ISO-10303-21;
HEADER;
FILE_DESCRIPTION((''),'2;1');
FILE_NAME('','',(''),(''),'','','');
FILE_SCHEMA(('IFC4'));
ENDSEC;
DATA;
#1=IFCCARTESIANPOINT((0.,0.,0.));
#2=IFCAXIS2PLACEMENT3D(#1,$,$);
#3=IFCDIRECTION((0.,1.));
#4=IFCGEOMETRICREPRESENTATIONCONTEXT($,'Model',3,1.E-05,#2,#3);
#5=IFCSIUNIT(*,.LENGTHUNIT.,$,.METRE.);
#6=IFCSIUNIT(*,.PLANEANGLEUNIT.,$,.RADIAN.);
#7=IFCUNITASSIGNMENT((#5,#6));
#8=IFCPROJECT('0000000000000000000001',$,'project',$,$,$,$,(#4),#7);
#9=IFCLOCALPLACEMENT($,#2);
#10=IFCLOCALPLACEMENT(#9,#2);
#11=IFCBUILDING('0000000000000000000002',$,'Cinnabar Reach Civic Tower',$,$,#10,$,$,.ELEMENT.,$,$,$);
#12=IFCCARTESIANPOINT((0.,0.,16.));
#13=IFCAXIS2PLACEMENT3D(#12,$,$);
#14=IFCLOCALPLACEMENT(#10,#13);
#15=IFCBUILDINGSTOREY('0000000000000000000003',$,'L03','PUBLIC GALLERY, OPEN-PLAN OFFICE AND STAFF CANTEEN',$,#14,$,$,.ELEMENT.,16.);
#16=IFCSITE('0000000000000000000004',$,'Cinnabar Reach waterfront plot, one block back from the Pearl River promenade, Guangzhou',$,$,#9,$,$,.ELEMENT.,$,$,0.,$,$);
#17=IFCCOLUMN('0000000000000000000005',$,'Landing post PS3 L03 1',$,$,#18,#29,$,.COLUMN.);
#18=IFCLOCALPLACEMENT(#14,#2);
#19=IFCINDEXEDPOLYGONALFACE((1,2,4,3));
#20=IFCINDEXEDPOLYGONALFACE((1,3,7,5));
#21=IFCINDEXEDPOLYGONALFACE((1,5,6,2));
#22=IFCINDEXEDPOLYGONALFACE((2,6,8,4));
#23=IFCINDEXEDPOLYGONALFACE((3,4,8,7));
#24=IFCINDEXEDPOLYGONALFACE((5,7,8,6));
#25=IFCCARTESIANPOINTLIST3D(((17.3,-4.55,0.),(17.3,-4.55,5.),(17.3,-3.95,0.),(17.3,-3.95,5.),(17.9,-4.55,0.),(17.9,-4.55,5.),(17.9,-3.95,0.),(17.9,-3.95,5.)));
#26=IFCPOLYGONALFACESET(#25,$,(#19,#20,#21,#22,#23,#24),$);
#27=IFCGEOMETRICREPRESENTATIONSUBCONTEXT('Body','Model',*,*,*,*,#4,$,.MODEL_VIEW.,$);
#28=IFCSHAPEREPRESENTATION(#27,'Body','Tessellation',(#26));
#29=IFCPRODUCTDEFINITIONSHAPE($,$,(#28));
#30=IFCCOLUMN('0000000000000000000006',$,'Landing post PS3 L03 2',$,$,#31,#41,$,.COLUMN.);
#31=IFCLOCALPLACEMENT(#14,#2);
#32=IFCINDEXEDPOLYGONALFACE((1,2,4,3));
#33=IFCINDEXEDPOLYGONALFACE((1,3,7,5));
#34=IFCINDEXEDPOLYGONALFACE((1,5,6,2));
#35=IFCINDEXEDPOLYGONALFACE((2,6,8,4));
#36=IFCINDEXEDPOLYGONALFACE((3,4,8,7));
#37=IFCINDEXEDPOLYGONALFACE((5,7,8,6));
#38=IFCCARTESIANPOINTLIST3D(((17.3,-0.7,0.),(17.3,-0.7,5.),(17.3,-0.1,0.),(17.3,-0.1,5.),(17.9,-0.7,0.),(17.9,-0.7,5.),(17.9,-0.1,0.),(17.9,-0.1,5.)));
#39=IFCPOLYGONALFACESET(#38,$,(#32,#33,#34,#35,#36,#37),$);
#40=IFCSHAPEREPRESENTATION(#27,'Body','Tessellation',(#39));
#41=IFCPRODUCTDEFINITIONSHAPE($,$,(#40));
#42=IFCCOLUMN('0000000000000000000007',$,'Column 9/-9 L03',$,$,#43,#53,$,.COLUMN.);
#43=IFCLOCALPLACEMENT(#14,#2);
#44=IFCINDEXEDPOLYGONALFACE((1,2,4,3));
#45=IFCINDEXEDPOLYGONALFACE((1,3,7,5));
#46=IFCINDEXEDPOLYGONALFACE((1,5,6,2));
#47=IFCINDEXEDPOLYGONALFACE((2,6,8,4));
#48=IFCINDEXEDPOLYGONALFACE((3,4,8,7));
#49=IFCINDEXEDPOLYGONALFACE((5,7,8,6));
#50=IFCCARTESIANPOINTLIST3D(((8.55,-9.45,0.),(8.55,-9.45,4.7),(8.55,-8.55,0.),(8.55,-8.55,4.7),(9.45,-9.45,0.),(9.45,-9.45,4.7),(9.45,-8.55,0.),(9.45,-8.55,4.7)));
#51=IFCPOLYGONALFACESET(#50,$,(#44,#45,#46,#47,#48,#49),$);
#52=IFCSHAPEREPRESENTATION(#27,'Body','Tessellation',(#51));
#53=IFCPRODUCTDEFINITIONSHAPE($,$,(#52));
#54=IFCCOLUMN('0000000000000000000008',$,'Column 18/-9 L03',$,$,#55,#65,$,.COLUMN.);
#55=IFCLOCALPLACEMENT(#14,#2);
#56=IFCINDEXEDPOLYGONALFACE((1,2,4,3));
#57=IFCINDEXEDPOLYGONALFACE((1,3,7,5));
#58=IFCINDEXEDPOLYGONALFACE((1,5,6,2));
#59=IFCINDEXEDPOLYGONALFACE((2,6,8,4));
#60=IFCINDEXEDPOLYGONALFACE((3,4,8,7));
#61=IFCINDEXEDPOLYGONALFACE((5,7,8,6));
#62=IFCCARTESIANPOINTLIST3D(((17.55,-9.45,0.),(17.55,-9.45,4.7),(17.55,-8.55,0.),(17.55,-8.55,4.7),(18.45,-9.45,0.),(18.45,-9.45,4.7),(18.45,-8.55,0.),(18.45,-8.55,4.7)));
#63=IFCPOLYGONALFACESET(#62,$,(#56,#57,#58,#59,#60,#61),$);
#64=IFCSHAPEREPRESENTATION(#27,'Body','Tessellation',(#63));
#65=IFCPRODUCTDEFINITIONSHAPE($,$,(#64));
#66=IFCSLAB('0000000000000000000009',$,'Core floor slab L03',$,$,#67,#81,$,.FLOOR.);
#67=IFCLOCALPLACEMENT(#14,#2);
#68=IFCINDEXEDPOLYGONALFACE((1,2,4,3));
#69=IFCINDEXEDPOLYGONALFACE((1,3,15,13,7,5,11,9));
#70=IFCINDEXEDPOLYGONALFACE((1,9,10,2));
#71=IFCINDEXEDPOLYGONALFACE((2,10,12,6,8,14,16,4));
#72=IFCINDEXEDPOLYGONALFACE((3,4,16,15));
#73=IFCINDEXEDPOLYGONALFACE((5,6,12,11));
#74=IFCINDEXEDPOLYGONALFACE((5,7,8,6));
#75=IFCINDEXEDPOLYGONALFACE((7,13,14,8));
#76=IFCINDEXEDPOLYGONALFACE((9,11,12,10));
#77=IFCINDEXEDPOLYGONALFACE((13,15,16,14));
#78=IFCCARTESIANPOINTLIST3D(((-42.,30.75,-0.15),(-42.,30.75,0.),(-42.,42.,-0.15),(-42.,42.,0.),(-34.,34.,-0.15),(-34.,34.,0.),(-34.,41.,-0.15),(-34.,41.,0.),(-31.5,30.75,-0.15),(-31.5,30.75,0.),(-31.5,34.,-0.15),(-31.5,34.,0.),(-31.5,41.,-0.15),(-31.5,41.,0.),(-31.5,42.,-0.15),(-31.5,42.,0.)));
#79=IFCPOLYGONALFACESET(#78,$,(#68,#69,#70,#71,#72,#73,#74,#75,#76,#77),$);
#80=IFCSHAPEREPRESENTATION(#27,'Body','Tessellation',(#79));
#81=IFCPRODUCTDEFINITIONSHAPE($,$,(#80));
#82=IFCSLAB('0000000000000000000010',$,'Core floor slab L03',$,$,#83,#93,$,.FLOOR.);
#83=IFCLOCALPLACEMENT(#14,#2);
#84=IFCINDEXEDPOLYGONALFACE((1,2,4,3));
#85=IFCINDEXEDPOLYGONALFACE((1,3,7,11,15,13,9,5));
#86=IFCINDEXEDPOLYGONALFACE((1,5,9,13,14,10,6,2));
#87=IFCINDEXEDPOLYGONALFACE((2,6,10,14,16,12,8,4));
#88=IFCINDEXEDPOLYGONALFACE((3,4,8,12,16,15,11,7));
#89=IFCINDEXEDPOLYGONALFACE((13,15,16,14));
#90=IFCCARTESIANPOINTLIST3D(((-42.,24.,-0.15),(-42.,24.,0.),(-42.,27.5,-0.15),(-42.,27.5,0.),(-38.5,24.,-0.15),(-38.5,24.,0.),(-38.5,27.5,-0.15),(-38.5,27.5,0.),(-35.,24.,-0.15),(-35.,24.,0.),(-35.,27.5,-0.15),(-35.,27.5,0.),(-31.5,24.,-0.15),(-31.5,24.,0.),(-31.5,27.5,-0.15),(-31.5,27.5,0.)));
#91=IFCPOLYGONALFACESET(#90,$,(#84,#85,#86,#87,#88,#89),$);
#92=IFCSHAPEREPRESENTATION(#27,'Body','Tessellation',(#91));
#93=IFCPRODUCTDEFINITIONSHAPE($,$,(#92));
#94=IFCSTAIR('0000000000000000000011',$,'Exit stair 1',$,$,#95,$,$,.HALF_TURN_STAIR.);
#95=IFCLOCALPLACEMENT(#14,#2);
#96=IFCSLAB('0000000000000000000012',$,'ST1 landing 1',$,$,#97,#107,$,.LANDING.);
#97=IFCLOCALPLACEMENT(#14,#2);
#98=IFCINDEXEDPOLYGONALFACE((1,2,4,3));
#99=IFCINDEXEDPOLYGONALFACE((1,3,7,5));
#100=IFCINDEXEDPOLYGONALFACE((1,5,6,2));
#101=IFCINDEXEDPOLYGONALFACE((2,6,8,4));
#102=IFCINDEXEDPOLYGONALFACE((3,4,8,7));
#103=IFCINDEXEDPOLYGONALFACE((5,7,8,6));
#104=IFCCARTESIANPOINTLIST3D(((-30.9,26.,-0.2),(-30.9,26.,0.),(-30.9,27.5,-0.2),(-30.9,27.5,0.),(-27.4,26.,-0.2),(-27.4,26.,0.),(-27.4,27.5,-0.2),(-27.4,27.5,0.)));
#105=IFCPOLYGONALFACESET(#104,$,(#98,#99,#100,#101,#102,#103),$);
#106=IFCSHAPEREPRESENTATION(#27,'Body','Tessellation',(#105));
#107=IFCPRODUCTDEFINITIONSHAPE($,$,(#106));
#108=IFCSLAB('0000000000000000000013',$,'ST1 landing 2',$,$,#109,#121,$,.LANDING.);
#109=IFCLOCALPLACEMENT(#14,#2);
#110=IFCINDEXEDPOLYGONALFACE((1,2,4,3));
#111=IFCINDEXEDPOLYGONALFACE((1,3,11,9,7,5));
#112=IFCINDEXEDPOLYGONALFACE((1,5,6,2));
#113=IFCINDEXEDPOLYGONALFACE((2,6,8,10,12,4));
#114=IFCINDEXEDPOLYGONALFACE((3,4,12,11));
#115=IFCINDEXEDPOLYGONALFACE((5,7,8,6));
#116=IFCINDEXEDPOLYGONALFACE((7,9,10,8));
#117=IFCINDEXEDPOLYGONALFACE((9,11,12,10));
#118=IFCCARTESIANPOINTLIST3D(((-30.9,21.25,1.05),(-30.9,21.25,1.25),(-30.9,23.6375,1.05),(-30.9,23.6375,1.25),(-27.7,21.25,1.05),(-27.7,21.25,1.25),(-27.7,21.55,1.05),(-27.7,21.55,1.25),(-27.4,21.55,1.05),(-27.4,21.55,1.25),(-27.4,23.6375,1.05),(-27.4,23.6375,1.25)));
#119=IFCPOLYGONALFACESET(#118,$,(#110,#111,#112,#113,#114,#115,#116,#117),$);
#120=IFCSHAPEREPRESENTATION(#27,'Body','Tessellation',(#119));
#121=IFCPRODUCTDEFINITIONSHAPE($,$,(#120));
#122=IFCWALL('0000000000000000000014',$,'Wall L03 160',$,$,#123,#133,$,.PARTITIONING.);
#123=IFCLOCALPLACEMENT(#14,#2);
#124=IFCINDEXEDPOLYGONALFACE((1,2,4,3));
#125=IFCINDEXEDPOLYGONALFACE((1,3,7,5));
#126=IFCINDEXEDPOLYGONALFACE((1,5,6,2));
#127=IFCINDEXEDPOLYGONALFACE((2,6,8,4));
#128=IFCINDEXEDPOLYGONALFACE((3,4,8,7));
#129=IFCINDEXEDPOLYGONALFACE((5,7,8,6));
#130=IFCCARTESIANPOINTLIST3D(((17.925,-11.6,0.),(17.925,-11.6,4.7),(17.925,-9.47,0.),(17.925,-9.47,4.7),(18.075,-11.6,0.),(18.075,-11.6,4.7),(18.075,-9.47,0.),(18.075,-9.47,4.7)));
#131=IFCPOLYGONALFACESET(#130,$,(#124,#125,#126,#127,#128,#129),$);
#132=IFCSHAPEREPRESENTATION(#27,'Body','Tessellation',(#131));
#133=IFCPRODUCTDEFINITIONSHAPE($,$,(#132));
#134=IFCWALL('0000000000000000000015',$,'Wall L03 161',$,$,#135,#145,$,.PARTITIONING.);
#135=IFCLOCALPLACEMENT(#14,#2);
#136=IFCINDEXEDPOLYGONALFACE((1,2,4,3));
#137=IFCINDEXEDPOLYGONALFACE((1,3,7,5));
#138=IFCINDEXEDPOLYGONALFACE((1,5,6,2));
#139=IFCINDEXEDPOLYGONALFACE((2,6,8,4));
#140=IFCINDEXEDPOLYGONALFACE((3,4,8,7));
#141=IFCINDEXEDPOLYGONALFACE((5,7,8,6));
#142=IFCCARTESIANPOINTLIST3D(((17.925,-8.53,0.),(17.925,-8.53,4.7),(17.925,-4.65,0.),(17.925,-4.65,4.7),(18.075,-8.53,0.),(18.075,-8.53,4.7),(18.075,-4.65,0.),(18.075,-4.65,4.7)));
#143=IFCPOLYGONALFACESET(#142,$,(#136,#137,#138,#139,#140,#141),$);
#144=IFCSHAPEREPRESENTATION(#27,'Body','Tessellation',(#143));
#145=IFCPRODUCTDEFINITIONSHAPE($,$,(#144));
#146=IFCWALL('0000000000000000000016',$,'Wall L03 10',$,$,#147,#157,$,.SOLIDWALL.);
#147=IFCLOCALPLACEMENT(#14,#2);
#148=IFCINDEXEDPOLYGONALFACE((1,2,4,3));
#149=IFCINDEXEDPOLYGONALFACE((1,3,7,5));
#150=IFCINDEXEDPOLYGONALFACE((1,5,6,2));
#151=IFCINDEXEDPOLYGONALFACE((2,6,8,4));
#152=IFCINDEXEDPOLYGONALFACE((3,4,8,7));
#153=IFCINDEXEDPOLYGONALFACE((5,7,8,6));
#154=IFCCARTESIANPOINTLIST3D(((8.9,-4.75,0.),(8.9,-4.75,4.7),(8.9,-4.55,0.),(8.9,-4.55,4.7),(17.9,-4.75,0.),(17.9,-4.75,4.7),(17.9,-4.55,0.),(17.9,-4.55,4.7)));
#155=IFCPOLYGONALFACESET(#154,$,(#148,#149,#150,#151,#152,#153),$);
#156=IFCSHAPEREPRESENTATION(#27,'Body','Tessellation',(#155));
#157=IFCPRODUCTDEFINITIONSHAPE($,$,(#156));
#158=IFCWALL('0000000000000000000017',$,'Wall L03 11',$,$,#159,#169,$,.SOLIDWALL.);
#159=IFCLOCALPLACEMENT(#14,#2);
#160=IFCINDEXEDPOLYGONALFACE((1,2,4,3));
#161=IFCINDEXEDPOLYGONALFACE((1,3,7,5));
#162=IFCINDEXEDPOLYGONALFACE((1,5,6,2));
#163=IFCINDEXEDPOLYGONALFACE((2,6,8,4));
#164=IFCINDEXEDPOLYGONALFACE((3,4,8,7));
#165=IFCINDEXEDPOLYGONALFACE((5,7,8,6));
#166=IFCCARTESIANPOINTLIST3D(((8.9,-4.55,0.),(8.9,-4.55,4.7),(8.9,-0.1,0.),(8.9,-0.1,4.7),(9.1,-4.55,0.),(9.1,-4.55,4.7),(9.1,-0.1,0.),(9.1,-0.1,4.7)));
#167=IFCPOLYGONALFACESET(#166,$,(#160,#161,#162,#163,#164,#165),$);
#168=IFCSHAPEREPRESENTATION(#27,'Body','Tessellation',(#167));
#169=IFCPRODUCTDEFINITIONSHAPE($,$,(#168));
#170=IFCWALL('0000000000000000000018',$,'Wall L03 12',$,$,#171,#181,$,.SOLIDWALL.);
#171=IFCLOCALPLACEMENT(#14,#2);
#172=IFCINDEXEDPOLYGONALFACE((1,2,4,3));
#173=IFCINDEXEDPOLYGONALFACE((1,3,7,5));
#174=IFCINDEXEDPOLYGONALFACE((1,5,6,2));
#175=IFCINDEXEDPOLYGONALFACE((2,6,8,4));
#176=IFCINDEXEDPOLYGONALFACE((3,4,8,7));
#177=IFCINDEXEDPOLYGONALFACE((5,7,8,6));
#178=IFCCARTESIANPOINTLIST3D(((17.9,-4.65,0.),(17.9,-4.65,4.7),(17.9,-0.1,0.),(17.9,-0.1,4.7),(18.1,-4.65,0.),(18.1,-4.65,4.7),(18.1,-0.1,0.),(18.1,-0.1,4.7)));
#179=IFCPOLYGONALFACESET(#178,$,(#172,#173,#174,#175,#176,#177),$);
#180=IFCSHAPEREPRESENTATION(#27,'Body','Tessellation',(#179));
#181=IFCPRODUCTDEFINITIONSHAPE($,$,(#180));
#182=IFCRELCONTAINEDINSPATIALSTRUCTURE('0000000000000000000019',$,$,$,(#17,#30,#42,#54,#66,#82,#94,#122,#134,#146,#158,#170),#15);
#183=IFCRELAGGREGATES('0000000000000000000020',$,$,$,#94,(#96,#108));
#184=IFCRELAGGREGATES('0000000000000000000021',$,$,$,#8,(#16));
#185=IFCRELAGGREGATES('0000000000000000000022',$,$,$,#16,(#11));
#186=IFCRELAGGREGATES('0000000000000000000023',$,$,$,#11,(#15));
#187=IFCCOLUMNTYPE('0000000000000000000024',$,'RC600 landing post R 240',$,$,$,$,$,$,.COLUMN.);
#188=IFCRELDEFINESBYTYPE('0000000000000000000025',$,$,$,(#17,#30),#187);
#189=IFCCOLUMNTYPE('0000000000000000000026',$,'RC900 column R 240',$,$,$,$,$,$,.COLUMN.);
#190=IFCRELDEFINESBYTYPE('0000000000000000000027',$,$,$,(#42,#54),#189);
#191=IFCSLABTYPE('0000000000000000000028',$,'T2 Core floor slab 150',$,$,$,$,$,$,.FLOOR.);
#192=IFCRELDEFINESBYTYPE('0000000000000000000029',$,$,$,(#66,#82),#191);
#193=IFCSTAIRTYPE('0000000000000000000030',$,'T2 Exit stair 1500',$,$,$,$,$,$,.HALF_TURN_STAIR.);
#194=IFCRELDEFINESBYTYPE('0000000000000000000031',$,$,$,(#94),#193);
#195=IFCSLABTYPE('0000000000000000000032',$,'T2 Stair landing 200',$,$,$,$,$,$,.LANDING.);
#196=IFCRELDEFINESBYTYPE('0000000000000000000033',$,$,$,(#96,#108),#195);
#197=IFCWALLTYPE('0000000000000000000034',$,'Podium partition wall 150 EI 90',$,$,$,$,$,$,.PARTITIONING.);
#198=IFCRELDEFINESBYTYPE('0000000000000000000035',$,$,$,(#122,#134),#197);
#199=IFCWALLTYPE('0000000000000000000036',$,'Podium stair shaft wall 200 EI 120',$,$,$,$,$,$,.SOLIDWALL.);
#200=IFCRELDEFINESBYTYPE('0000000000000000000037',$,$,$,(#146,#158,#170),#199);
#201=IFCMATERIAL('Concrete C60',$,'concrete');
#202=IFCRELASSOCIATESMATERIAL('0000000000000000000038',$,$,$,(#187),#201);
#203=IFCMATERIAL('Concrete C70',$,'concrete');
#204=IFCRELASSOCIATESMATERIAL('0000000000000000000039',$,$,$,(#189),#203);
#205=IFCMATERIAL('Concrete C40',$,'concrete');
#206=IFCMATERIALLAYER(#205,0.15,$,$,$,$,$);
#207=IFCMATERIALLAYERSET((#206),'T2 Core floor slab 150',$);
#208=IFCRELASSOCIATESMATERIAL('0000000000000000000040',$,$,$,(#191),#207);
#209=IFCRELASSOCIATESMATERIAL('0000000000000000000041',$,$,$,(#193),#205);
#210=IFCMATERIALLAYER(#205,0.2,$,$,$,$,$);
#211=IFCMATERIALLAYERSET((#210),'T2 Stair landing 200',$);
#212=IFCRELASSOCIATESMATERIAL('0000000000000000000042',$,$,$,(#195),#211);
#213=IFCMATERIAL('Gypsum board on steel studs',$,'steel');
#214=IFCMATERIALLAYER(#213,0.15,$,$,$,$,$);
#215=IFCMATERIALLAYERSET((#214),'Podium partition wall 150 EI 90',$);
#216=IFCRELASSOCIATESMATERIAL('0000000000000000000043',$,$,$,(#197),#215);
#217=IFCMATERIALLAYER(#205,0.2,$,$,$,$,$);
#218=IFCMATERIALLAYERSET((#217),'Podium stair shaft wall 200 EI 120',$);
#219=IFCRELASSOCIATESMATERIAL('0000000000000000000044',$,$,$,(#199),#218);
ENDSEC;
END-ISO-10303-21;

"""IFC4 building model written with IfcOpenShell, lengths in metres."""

from ifc_helpers import new_model, si_unit, direction, frame, frame_2d, origin, origin_2d, place, context, subcontext, project, spatial, polyline, rectangle, outline, extrude, material, layer, layer_set, material_profile, profile_set, type_object, element, aggregate, save


model = new_model("IFC4")

# Units and contexts
model_context = context("Model", 3, precision=1e-05, world=origin(), true_north=direction((0.0, 1.0)))
body_context = subcontext(model_context, "Body", "Model", "MODEL_VIEW")
ifc_project = project(units=[si_unit("LENGTHUNIT", "METRE"), si_unit("PLANEANGLEUNIT", "RADIAN")], contexts=[model_context])

# Site, building, storey
site_placement = place(None, origin())
site = spatial("IfcSite", under=ifc_project, at=site_placement, Name="Cinnabar Reach waterfront plot, one block back from the Pearl River promenade, Guangzhou", CompositionType="ELEMENT", RefElevation=0.0)
building_placement = place(site_placement, origin())
building = spatial("IfcBuilding", under=site, at=building_placement, Name="Cinnabar Reach Civic Tower", CompositionType="ELEMENT")
storey_placement = place(building_placement, frame((0.0, 0.0, 16.0)))
storey = spatial("IfcBuildingStorey", under=building, at=storey_placement, Name="L03", Description="PUBLIC GALLERY, OPEN-PLAN OFFICE AND STAFF CANTEEN", CompositionType="ELEMENT", Elevation=16.0)

# Columns
ifc_material_1 = material(Name="Concrete C60", Category="concrete")
ifc_material_profile_1 = material_profile(ifc_material_1, rectangle(XDim=0.6, YDim=0.6, at=origin_2d()), Name="RC600")
ifc_profile_set_1 = profile_set([ifc_material_profile_1], Name="Concrete C60")
column_type_1 = type_object("IfcColumnType", Name="RC600 landing post R 240", PredefinedType="COLUMN", material=ifc_profile_set_1)
for number, where, z_axis, x_axis, name in (
    (1, (17.6, -4.25, 0.0), (0.0, 0.0, 1.0), (1.0, 0.0, 0.0), "Landing post PS3 L03 1"),
    (2, (17.6, -0.4, 0.0), (0.0, 0.0, 1.0), (1.0, 0.0, 0.0), "Landing post PS3 L03 2"),
):
    element("IfcColumn", number, at=place(storey_placement, frame(where, z_axis=z_axis, x_axis=x_axis)), inside=storey, type_object=column_type_1, Name=name, PredefinedType="COLUMN", context=body_context, shape_type="SweptSolid", body=[
        extrude(rectangle(XDim=0.6, YDim=0.6, at=origin_2d()), origin(), (0.0, 0.0, 1.0), 5.0),
    ])
ifc_material_2 = material(Name="Concrete C70", Category="concrete")
ifc_material_profile_2 = material_profile(ifc_material_2, rectangle(XDim=0.9, YDim=0.9, at=origin_2d()), Name="RC900")
ifc_profile_set_2 = profile_set([ifc_material_profile_2], Name="Concrete C70")
column_type_2 = type_object("IfcColumnType", Name="RC900 column R 240", PredefinedType="COLUMN", material=ifc_profile_set_2)
for number, where, z_axis, x_axis, name in (
    (3, (9.0, -9.0, 0.0), (0.0, 0.0, 1.0), (1.0, 0.0, 0.0), "Column 9/-9 L03"),
    (4, (18.0, -9.0, 0.0), (0.0, 0.0, 1.0), (1.0, 0.0, 0.0), "Column 18/-9 L03"),
):
    element("IfcColumn", number, at=place(storey_placement, frame(where, z_axis=z_axis, x_axis=x_axis)), inside=storey, type_object=column_type_2, Name=name, PredefinedType="COLUMN", context=body_context, shape_type="SweptSolid", body=[
        extrude(rectangle(XDim=0.9, YDim=0.9, at=origin_2d()), origin(), (0.0, 0.0, 1.0), 4.7),
    ])

# Slabs
ifc_material_3 = material(Name="Concrete C40", Category="concrete")
ifc_layer_1 = layer(ifc_material_3, 0.15)
ifc_layer_set_1 = layer_set([ifc_layer_1], Name="T2 Core floor slab 150")
slab_type_1 = type_object("IfcSlabType", Name="T2 Core floor slab 150", PredefinedType="FLOOR", material=ifc_layer_set_1)
slab_1_placement = place(storey_placement, frame((0.0, 0.0, -0.15)))
element("IfcSlab", 5, at=slab_1_placement, inside=storey, type_object=slab_type_1, Name="Core floor slab L03", PredefinedType="FLOOR", context=body_context, shape_type="SweptSolid", body=[
    extrude(outline(polyline([(-42.0, 42.0), (-31.5, 42.0), (-31.5, 41.0), (-34.0, 41.0), (-34.0, 34.0), (-31.5, 34.0), (-31.5, 30.75), (-42.0, 30.75), (-42.0, 42.0)])), origin(), (0.0, 0.0, 1.0), 0.15),
])
slab_2_placement = place(storey_placement, frame((0.0, 0.0, -0.15)))
element("IfcSlab", 6, at=slab_2_placement, inside=storey, type_object=slab_type_1, Name="Core floor slab L03", PredefinedType="FLOOR", context=body_context, shape_type="SweptSolid", body=[
    extrude(outline(polyline([(-35.0, 24.0), (-38.5, 24.0), (-42.0, 24.0), (-42.0, 27.5), (-38.5, 27.5), (-35.0, 27.5), (-31.5, 27.5), (-31.5, 24.0), (-35.0, 24.0)])), origin(), (0.0, 0.0, 1.0), 0.15),
])

# Stair, slabs
stair_type_1 = type_object("IfcStairType", Name="T2 Exit stair 1500", PredefinedType="HALF_TURN_STAIR", material=ifc_material_3)
stair_1_placement = place(storey_placement, origin())
stair_1 = element("IfcStair", 7, at=stair_1_placement, inside=storey, type_object=stair_type_1, Name="Exit stair 1", PredefinedType="HALF_TURN_STAIR")
ifc_layer_2 = layer(ifc_material_3, 0.2)
ifc_layer_set_2 = layer_set([ifc_layer_2], Name="T2 Stair landing 200")
slab_type_2 = type_object("IfcSlabType", Name="T2 Stair landing 200", PredefinedType="LANDING", material=ifc_layer_set_2)
slab_3_placement = place(storey_placement, frame((0.0, 0.0, -0.2)))
slab_3 = element("IfcSlab", 8, at=slab_3_placement, type_object=slab_type_2, Name="ST1 landing 1", PredefinedType="LANDING", context=body_context, shape_type="SweptSolid", body=[
    extrude(outline(polyline([(-30.9, 26.0), (-30.9, 27.5), (-27.4, 27.5), (-27.4, 26.0), (-30.9, 26.0)])), origin(), (0.0, 0.0, 1.0), 0.2),
])
slab_4_placement = place(storey_placement, frame((0.0, 0.0, 1.05)))
slab_4 = element("IfcSlab", 9, at=slab_4_placement, type_object=slab_type_2, Name="ST1 landing 2", PredefinedType="LANDING", context=body_context, shape_type="SweptSolid", body=[
    extrude(outline(polyline([(-30.9, 21.25), (-30.9, 23.6375), (-27.4, 23.6375), (-27.4, 21.55), (-27.7, 21.55), (-27.7, 21.25), (-30.9, 21.25)])), origin(), (0.0, 0.0, 1.0), 0.2),
])
aggregate(stair_1, [slab_3, slab_4])

# Walls
ifc_material_4 = material(Name="Gypsum board on steel studs", Category="steel")
ifc_layer_3 = layer(ifc_material_4, 0.15)
ifc_layer_set_3 = layer_set([ifc_layer_3], Name="Podium partition wall 150 EI 90")
wall_type_1 = type_object("IfcWallType", Name="Podium partition wall 150 EI 90", PredefinedType="PARTITIONING", material=ifc_layer_set_3)
wall_1_placement = place(storey_placement, frame((18.0, -11.6, 0.0), z_axis=(0.0, 0.0, 1.0), x_axis=(0.0, 1.0, 0.0)))
element("IfcWall", 10, at=wall_1_placement, inside=storey, type_object=wall_type_1, Name="Wall L03 160", PredefinedType="PARTITIONING", context=body_context, shape_type="SweptSolid", body=[
    extrude(rectangle(XDim=2.13, YDim=0.15, at=frame_2d((1.065, 0.0))), origin(), (0.0, 0.0, 1.0), 4.7),
])
wall_2_placement = place(storey_placement, frame((18.0, -8.53, 0.0), z_axis=(0.0, 0.0, 1.0), x_axis=(0.0, 1.0, 0.0)))
element("IfcWall", 11, at=wall_2_placement, inside=storey, type_object=wall_type_1, Name="Wall L03 161", PredefinedType="PARTITIONING", context=body_context, shape_type="SweptSolid", body=[
    extrude(rectangle(XDim=3.88, YDim=0.15, at=frame_2d((1.94, 0.0))), origin(), (0.0, 0.0, 1.0), 4.7),
])
ifc_layer_4 = layer(ifc_material_3, 0.2)
ifc_layer_set_4 = layer_set([ifc_layer_4], Name="Podium stair shaft wall 200 EI 120")
wall_type_2 = type_object("IfcWallType", Name="Podium stair shaft wall 200 EI 120", PredefinedType="SOLIDWALL", material=ifc_layer_set_4)
wall_3_placement = place(storey_placement, frame((8.9, -4.65, 0.0), z_axis=(0.0, 0.0, 1.0), x_axis=(1.0, 0.0, 0.0)))
element("IfcWall", 12, at=wall_3_placement, inside=storey, type_object=wall_type_2, Name="Wall L03 10", PredefinedType="SOLIDWALL", context=body_context, shape_type="SweptSolid", body=[
    extrude(rectangle(XDim=9.0, YDim=0.2, at=frame_2d((4.5, 0.0))), origin(), (0.0, 0.0, 1.0), 4.7),
])
wall_4_placement = place(storey_placement, frame((9.0, -4.55, 0.0), z_axis=(0.0, 0.0, 1.0), x_axis=(0.0, 1.0, 0.0)))
element("IfcWall", 13, at=wall_4_placement, inside=storey, type_object=wall_type_2, Name="Wall L03 11", PredefinedType="SOLIDWALL", context=body_context, shape_type="SweptSolid", body=[
    extrude(rectangle(XDim=4.45, YDim=0.2, at=frame_2d((2.225, 0.0))), origin(), (0.0, 0.0, 1.0), 4.7),
])
wall_5_placement = place(storey_placement, frame((18.0, -4.65, 0.0), z_axis=(0.0, 0.0, 1.0), x_axis=(0.0, 1.0, 0.0)))
element("IfcWall", 14, at=wall_5_placement, inside=storey, type_object=wall_type_2, Name="Wall L03 12", PredefinedType="SOLIDWALL", context=body_context, shape_type="SweptSolid", body=[
    extrude(rectangle(XDim=4.55, YDim=0.2, at=frame_2d((2.275, 0.0))), origin(), (0.0, 0.0, 1.0), 4.7),
])

save(model, "model.ifc")
